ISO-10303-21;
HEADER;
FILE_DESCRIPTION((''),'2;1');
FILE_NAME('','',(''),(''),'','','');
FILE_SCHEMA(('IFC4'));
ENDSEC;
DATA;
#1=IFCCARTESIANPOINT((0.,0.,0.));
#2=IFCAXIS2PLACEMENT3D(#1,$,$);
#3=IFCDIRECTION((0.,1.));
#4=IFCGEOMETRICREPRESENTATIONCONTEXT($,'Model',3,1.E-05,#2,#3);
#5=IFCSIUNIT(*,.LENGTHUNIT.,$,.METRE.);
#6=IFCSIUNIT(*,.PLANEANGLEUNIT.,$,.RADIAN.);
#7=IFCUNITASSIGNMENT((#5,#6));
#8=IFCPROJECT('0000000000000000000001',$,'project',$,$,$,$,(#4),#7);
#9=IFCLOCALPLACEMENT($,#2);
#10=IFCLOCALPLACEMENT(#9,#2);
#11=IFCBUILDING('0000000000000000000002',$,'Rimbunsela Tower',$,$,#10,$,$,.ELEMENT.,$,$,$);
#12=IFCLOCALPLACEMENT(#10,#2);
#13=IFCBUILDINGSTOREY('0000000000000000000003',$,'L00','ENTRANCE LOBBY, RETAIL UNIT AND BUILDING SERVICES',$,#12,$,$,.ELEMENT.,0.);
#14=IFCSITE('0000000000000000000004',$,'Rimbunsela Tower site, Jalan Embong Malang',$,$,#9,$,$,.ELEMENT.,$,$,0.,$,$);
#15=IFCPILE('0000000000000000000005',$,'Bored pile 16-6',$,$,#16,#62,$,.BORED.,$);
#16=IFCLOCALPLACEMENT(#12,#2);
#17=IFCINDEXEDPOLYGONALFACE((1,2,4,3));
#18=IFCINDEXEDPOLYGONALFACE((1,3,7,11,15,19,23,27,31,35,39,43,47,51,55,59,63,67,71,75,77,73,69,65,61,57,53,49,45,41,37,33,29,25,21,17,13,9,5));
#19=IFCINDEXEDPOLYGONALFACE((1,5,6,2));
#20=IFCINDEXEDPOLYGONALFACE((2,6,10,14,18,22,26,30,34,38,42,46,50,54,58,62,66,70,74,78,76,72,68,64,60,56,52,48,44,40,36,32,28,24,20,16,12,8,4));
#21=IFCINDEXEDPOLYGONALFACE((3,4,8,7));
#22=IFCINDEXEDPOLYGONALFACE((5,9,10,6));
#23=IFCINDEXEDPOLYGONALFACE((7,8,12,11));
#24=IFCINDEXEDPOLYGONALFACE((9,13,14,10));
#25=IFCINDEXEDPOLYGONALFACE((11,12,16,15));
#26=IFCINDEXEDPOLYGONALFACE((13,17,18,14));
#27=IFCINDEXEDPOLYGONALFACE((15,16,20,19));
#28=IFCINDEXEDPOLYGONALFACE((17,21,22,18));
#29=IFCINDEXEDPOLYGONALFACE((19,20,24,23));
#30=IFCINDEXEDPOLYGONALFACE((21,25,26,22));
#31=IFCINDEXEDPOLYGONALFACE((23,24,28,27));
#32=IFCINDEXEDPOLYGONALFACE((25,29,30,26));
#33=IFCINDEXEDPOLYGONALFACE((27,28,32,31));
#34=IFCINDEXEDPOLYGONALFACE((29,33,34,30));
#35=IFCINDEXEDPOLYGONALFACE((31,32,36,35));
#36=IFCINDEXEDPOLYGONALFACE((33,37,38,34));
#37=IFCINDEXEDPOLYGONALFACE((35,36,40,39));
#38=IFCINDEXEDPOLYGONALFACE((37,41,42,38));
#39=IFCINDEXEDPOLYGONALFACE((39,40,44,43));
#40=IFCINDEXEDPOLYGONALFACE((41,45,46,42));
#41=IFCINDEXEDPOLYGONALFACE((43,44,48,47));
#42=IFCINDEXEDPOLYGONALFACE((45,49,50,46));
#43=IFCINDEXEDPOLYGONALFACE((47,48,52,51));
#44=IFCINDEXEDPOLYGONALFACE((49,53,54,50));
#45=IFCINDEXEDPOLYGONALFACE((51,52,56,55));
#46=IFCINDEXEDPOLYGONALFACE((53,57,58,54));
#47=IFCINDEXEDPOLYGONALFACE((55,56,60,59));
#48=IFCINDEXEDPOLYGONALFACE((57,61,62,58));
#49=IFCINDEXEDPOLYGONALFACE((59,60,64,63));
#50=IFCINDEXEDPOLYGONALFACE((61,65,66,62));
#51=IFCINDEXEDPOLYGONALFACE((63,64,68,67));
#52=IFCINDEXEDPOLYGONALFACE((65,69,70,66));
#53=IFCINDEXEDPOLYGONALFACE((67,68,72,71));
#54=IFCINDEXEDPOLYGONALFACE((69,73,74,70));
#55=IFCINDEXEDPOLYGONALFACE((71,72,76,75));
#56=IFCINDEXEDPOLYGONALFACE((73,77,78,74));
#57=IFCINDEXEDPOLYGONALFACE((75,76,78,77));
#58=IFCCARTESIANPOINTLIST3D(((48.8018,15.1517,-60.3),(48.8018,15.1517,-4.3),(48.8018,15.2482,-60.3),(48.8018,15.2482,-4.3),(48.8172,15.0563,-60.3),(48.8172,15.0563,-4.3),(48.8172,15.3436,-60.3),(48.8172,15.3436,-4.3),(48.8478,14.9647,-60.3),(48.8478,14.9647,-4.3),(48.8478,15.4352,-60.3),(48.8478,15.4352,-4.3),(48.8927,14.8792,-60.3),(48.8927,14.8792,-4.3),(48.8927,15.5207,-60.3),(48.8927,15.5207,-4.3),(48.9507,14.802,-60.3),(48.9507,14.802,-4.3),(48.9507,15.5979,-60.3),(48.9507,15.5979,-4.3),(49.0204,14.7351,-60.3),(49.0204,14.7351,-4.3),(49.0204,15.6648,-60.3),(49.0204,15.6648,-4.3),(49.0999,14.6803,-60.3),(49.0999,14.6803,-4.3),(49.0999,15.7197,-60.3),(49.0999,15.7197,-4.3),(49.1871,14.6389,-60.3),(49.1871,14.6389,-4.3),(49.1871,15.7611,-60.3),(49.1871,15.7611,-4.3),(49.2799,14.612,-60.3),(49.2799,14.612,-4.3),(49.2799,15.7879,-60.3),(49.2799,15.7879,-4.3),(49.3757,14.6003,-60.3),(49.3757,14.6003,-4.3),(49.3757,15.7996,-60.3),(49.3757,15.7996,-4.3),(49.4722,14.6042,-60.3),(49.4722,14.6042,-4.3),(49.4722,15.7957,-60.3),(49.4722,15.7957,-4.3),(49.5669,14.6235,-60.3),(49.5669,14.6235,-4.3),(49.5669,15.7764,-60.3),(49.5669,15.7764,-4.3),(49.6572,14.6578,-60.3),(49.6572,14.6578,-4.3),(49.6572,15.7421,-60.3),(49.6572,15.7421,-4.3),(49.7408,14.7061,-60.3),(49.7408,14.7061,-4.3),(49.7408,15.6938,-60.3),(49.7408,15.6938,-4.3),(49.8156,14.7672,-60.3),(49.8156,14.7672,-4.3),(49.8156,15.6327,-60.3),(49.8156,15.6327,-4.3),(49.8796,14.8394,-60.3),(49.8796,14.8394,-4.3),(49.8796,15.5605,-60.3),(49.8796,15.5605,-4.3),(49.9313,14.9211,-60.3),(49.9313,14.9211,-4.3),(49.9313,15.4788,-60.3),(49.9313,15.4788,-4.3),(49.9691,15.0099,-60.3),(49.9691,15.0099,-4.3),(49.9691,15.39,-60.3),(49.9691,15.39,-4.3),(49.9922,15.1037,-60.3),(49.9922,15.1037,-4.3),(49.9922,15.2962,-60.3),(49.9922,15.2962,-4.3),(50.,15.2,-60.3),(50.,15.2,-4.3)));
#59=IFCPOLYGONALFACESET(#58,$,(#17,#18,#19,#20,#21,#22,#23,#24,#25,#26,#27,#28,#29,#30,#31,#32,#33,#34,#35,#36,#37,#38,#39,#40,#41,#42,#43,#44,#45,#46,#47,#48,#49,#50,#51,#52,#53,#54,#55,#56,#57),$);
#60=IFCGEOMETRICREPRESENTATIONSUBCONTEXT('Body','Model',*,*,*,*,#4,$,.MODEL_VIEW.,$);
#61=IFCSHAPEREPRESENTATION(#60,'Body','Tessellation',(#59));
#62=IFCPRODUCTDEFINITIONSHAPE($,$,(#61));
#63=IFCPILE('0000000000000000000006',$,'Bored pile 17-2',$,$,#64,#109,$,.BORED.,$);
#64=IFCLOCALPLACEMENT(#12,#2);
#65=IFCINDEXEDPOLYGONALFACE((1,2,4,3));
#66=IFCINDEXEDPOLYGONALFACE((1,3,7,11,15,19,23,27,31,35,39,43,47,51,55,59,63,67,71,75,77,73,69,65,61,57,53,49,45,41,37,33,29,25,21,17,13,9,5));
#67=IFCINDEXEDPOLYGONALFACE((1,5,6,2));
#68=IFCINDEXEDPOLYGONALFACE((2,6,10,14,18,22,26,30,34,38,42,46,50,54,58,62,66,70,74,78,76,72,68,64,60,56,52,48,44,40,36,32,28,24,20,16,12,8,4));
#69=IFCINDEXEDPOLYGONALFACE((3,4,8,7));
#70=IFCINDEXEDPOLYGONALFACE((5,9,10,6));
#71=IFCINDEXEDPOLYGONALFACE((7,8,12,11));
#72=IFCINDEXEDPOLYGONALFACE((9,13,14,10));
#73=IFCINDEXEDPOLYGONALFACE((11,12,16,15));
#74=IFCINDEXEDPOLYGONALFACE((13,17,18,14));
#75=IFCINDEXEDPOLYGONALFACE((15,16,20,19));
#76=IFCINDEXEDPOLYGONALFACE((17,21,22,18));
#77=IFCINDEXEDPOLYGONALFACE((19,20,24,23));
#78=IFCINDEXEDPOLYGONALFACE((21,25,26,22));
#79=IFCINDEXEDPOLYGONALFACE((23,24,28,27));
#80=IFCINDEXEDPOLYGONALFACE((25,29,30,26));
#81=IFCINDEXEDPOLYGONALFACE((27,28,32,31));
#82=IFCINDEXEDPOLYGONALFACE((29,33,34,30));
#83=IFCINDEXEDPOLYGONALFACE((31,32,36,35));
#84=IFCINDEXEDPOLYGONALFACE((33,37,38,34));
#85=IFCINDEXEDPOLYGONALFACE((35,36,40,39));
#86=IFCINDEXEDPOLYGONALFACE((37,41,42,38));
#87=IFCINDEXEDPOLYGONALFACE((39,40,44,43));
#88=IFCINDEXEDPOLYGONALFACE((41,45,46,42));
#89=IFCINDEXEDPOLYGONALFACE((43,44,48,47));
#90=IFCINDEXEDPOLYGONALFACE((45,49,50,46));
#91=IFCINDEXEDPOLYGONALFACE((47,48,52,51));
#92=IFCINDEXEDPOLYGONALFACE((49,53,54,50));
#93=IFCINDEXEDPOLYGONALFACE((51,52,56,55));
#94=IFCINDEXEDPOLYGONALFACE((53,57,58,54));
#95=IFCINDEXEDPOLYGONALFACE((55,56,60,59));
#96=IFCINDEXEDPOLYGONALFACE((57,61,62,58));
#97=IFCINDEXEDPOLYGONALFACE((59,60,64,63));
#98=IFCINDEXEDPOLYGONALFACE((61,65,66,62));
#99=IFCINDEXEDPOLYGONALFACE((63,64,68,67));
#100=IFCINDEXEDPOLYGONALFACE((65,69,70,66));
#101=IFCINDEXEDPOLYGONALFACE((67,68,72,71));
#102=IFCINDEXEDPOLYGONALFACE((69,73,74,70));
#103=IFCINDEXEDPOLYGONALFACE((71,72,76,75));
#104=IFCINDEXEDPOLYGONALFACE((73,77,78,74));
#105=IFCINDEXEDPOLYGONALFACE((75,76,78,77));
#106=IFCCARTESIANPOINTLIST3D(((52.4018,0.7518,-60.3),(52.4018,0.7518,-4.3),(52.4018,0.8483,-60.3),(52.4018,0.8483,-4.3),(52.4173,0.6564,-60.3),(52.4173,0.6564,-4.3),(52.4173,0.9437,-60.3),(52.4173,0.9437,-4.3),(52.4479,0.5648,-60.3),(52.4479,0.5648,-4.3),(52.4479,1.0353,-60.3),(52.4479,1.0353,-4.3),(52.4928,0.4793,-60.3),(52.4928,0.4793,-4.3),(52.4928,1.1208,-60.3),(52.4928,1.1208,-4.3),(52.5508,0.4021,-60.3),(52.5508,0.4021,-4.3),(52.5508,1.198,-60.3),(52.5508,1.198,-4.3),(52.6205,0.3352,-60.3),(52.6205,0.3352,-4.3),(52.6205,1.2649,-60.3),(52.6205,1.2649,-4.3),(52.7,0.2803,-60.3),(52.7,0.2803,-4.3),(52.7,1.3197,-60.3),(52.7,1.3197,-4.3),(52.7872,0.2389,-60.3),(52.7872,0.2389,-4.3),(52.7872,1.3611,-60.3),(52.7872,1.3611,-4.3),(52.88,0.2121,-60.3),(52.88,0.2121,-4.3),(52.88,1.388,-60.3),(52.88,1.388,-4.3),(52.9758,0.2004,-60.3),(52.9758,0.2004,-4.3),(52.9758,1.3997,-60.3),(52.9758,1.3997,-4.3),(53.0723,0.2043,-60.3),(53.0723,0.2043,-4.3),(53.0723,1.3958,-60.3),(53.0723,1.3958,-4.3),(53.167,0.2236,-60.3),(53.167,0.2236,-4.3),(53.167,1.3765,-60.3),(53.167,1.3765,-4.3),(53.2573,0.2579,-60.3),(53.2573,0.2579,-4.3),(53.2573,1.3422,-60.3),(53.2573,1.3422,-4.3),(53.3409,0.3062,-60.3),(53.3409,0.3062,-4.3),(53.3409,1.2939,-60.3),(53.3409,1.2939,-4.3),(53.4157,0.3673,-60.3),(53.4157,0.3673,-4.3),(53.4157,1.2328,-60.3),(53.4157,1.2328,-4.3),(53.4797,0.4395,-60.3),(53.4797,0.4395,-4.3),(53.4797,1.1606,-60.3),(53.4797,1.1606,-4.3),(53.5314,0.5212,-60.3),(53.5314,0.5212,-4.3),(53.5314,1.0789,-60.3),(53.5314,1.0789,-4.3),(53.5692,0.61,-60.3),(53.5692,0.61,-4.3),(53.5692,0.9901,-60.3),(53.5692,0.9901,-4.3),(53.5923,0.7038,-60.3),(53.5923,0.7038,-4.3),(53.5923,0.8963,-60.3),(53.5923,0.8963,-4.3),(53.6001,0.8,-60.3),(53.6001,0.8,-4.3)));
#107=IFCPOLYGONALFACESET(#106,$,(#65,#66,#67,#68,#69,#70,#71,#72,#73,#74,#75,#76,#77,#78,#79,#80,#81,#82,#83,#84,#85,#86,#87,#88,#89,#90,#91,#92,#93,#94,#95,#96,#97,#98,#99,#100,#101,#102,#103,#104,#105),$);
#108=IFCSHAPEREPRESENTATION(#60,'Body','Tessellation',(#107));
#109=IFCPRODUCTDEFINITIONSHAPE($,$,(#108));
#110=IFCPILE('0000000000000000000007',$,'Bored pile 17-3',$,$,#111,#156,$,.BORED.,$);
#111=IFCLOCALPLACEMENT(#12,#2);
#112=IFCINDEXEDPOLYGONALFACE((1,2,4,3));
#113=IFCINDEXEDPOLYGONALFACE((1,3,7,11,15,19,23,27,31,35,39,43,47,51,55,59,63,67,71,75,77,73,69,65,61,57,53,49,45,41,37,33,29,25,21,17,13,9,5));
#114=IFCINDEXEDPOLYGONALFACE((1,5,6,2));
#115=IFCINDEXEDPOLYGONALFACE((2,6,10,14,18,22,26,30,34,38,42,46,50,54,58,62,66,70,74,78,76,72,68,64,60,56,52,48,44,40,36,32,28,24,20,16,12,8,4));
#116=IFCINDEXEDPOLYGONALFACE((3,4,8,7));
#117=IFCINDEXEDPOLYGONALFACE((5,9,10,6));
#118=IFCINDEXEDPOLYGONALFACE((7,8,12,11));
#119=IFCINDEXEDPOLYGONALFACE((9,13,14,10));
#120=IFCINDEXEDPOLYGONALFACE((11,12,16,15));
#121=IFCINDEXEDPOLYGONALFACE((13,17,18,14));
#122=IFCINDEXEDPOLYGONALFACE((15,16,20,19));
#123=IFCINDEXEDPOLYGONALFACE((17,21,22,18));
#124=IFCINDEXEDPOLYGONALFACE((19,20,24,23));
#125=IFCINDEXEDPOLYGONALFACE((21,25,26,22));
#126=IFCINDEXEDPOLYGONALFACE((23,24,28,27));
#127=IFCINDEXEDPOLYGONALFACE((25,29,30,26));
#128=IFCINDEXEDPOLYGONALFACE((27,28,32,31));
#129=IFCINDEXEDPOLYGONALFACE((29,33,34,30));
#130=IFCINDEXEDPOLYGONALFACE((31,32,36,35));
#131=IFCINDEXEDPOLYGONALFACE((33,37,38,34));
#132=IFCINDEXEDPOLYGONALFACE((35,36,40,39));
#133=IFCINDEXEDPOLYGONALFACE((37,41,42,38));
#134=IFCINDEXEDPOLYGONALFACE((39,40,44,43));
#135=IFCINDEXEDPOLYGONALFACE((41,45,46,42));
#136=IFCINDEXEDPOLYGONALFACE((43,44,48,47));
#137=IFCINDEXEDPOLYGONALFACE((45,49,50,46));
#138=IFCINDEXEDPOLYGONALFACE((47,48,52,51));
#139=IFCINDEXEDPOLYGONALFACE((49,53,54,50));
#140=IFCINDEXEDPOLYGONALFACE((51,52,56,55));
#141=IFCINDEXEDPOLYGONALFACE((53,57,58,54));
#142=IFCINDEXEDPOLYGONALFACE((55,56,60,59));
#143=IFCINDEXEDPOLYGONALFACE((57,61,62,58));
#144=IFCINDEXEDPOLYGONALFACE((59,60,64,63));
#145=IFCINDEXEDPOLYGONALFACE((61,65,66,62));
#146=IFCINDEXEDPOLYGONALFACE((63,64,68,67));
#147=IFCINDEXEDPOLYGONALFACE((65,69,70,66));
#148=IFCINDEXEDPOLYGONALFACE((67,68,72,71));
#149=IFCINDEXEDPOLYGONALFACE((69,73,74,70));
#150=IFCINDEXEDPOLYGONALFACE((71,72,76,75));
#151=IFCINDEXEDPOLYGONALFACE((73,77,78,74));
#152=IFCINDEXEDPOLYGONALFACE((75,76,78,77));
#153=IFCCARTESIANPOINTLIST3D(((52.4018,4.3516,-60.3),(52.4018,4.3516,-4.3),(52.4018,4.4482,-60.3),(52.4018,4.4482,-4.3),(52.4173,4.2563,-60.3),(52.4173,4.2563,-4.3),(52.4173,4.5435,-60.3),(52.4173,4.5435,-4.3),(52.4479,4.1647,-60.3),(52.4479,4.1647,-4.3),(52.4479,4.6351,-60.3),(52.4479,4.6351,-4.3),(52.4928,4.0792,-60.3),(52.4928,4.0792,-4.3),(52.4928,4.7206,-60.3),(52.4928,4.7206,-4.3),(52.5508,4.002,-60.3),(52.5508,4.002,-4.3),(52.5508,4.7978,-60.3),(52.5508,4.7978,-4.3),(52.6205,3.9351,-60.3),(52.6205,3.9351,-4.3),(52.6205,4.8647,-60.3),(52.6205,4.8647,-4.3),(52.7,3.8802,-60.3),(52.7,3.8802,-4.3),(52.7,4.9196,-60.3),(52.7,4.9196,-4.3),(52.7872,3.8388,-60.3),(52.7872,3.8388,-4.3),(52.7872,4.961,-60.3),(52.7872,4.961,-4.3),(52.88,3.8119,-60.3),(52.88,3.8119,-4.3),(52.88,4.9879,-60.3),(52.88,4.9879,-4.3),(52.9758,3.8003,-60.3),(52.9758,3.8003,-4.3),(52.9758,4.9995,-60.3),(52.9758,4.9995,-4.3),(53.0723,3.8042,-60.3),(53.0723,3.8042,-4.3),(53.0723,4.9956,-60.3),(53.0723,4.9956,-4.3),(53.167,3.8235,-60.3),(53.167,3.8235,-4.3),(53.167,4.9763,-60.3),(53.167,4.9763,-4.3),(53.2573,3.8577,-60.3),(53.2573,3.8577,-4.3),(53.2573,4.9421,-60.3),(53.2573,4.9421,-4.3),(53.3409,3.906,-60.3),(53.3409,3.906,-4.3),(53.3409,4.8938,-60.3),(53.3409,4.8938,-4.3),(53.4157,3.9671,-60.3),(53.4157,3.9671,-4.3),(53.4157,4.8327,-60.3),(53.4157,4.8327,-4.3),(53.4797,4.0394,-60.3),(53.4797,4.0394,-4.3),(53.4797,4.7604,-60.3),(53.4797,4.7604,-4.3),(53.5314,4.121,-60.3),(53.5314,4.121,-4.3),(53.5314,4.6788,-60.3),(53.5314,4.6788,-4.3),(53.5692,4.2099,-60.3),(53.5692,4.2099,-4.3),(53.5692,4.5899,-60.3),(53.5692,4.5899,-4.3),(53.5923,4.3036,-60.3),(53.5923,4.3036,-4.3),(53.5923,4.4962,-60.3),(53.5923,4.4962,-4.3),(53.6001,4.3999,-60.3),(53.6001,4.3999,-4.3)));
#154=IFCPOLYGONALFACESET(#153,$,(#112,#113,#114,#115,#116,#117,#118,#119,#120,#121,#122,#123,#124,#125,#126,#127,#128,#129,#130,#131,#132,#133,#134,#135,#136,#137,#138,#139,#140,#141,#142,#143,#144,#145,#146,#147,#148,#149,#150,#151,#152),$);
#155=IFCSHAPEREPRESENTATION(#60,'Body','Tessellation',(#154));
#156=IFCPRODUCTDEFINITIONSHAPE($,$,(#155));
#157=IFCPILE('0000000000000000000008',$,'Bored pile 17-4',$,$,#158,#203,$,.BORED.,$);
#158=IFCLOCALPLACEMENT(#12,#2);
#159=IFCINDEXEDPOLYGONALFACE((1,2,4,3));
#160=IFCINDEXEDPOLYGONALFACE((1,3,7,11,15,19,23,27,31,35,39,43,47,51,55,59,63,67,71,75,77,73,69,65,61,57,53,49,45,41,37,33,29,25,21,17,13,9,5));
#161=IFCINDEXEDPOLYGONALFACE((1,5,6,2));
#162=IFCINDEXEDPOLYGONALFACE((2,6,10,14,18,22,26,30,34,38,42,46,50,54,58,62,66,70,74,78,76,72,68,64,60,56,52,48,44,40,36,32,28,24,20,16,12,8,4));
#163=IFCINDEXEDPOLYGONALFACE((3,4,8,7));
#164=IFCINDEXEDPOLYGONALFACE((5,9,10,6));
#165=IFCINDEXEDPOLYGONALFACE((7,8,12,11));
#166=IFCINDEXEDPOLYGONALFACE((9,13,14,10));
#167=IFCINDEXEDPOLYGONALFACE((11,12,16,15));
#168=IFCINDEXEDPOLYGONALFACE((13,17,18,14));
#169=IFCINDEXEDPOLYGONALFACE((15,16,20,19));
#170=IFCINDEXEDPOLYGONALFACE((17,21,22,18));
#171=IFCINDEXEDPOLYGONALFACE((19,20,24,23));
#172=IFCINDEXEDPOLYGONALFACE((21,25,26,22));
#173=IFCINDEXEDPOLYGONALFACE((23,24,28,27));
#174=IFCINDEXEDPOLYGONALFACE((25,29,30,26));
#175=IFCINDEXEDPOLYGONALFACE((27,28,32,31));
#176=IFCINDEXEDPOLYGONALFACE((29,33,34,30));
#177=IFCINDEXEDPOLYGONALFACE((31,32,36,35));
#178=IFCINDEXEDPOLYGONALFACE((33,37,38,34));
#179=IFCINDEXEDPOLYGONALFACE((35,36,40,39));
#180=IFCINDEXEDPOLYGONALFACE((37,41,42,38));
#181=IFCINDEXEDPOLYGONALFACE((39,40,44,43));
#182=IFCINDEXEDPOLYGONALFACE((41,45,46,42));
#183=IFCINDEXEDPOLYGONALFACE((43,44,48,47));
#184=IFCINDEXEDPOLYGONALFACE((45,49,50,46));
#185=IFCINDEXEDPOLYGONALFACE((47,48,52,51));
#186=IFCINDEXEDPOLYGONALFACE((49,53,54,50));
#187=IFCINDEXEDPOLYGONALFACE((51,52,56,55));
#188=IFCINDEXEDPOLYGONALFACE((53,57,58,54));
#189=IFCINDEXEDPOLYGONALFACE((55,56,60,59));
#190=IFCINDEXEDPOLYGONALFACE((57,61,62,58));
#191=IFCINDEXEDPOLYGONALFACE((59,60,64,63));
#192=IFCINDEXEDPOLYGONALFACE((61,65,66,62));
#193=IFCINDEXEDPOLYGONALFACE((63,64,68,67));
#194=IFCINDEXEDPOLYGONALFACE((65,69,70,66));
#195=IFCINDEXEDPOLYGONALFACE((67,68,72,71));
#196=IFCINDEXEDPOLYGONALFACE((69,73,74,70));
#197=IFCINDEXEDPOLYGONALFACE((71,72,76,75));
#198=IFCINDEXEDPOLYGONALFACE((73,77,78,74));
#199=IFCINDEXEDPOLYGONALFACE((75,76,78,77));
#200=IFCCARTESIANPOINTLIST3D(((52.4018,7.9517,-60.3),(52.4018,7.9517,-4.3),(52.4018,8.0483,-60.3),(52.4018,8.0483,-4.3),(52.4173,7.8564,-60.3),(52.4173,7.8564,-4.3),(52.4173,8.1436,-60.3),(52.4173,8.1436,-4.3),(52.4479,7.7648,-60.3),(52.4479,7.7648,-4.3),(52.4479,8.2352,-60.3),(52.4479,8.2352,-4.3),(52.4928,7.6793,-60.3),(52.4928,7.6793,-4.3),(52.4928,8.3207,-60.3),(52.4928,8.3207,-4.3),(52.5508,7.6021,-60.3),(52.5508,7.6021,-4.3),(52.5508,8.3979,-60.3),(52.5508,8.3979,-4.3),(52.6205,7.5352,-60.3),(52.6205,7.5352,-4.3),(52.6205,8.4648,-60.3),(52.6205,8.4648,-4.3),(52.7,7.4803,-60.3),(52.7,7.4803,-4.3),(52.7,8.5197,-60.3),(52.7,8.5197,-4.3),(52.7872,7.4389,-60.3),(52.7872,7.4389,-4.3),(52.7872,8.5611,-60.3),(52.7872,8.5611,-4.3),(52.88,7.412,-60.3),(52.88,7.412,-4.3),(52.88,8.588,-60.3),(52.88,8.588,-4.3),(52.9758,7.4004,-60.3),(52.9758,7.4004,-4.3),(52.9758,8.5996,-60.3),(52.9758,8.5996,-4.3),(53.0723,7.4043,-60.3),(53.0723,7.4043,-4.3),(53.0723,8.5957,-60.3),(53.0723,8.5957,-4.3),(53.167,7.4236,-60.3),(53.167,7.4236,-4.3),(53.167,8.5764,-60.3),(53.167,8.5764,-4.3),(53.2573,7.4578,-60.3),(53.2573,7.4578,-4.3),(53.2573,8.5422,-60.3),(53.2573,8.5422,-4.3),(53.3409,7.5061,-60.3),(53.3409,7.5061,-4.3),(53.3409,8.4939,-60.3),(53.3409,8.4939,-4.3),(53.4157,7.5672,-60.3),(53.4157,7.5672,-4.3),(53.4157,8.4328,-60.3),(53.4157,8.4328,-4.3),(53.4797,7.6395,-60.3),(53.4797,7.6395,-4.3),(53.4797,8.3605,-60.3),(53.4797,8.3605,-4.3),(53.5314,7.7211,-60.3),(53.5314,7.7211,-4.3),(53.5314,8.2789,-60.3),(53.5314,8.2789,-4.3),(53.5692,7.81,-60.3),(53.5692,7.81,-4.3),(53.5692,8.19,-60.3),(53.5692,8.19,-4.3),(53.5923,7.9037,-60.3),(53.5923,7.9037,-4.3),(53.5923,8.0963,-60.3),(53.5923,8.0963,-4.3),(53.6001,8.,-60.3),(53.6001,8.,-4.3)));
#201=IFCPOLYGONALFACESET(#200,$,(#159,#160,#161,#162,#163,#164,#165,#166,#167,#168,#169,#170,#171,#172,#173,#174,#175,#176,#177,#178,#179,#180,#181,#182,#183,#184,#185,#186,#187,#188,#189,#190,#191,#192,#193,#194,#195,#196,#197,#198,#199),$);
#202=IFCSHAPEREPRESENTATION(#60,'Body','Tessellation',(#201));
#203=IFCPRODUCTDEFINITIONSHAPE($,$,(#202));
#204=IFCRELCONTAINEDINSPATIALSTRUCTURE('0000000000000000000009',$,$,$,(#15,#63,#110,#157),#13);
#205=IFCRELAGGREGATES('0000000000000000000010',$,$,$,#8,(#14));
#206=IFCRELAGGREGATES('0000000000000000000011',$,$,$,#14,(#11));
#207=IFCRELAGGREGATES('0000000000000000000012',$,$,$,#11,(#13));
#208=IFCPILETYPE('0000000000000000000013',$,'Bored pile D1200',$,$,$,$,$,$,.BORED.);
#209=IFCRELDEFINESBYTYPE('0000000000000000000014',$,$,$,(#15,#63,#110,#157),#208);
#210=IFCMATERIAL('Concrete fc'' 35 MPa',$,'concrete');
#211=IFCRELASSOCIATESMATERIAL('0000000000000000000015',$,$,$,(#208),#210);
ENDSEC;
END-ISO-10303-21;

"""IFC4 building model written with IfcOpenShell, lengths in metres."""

from ifc_helpers import new_model, si_unit, direction, frame, origin, origin_2d, place, context, subcontext, project, spatial, circle, extrude, material, material_profile, profile_set, type_object, element, save


model = new_model("IFC4")

# Units and contexts
model_context = context("Model", 3, precision=1e-05, world=origin(), true_north=direction((0.0, 1.0)))
body_context = subcontext(model_context, "Body", "Model", "MODEL_VIEW")
ifc_project = project(units=[si_unit("LENGTHUNIT", "METRE"), si_unit("PLANEANGLEUNIT", "RADIAN")], contexts=[model_context])

# Site, building, storey
site_placement = place(None, origin())
site = spatial("IfcSite", under=ifc_project, at=site_placement, Name="Rimbunsela Tower site, Jalan Embong Malang", CompositionType="ELEMENT", RefElevation=0.0)
building_placement = place(site_placement, origin())
building = spatial("IfcBuilding", under=site, at=building_placement, Name="Rimbunsela Tower", CompositionType="ELEMENT")
storey_placement = place(building_placement, origin())
storey = spatial("IfcBuildingStorey", under=building, at=storey_placement, Name="L00", Description="ENTRANCE LOBBY, RETAIL UNIT AND BUILDING SERVICES", CompositionType="ELEMENT", Elevation=0.0)

# Piles
ifc_material_1 = material(Name="Concrete fc' 35 MPa", Category="concrete")
ifc_material_profile_1 = material_profile(ifc_material_1, circle(Radius=0.6001, at=origin_2d()), Name="BP D1200")
ifc_profile_set_1 = profile_set([ifc_material_profile_1], Name="Concrete fc' 35 MPa")
pile_type = type_object("IfcPileType", Name="Bored pile D1200", PredefinedType="BORED", material=ifc_profile_set_1)
for number, where, z_axis, x_axis, name in (
    (1, (49.3999, 15.2, -4.3), (0.0, 0.0, -1.0), (1.0, 0.0, 0.0), "Bored pile 16-6"),
    (2, (53.0, 0.8, -4.3), (0.0, 0.0, -1.0), (1.0, 0.0, 0.0), "Bored pile 17-2"),
    (3, (53.0, 4.3999, -4.3), (0.0, 0.0, -1.0), (1.0, 0.0, 0.0), "Bored pile 17-3"),
    (4, (53.0, 8.0, -4.3), (0.0, 0.0, -1.0), (1.0, 0.0, 0.0), "Bored pile 17-4"),
):
    element("IfcPile", number, at=place(storey_placement, frame(where, z_axis=z_axis, x_axis=x_axis)), inside=storey, type_object=pile_type, Name=name, PredefinedType="BORED", context=body_context, shape_type="SweptSolid", body=[
        extrude(circle(Radius=0.6001, at=origin_2d()), origin(), (0.0, 0.0, 1.0), 56.0),
    ])

save(model, "model.ifc")
